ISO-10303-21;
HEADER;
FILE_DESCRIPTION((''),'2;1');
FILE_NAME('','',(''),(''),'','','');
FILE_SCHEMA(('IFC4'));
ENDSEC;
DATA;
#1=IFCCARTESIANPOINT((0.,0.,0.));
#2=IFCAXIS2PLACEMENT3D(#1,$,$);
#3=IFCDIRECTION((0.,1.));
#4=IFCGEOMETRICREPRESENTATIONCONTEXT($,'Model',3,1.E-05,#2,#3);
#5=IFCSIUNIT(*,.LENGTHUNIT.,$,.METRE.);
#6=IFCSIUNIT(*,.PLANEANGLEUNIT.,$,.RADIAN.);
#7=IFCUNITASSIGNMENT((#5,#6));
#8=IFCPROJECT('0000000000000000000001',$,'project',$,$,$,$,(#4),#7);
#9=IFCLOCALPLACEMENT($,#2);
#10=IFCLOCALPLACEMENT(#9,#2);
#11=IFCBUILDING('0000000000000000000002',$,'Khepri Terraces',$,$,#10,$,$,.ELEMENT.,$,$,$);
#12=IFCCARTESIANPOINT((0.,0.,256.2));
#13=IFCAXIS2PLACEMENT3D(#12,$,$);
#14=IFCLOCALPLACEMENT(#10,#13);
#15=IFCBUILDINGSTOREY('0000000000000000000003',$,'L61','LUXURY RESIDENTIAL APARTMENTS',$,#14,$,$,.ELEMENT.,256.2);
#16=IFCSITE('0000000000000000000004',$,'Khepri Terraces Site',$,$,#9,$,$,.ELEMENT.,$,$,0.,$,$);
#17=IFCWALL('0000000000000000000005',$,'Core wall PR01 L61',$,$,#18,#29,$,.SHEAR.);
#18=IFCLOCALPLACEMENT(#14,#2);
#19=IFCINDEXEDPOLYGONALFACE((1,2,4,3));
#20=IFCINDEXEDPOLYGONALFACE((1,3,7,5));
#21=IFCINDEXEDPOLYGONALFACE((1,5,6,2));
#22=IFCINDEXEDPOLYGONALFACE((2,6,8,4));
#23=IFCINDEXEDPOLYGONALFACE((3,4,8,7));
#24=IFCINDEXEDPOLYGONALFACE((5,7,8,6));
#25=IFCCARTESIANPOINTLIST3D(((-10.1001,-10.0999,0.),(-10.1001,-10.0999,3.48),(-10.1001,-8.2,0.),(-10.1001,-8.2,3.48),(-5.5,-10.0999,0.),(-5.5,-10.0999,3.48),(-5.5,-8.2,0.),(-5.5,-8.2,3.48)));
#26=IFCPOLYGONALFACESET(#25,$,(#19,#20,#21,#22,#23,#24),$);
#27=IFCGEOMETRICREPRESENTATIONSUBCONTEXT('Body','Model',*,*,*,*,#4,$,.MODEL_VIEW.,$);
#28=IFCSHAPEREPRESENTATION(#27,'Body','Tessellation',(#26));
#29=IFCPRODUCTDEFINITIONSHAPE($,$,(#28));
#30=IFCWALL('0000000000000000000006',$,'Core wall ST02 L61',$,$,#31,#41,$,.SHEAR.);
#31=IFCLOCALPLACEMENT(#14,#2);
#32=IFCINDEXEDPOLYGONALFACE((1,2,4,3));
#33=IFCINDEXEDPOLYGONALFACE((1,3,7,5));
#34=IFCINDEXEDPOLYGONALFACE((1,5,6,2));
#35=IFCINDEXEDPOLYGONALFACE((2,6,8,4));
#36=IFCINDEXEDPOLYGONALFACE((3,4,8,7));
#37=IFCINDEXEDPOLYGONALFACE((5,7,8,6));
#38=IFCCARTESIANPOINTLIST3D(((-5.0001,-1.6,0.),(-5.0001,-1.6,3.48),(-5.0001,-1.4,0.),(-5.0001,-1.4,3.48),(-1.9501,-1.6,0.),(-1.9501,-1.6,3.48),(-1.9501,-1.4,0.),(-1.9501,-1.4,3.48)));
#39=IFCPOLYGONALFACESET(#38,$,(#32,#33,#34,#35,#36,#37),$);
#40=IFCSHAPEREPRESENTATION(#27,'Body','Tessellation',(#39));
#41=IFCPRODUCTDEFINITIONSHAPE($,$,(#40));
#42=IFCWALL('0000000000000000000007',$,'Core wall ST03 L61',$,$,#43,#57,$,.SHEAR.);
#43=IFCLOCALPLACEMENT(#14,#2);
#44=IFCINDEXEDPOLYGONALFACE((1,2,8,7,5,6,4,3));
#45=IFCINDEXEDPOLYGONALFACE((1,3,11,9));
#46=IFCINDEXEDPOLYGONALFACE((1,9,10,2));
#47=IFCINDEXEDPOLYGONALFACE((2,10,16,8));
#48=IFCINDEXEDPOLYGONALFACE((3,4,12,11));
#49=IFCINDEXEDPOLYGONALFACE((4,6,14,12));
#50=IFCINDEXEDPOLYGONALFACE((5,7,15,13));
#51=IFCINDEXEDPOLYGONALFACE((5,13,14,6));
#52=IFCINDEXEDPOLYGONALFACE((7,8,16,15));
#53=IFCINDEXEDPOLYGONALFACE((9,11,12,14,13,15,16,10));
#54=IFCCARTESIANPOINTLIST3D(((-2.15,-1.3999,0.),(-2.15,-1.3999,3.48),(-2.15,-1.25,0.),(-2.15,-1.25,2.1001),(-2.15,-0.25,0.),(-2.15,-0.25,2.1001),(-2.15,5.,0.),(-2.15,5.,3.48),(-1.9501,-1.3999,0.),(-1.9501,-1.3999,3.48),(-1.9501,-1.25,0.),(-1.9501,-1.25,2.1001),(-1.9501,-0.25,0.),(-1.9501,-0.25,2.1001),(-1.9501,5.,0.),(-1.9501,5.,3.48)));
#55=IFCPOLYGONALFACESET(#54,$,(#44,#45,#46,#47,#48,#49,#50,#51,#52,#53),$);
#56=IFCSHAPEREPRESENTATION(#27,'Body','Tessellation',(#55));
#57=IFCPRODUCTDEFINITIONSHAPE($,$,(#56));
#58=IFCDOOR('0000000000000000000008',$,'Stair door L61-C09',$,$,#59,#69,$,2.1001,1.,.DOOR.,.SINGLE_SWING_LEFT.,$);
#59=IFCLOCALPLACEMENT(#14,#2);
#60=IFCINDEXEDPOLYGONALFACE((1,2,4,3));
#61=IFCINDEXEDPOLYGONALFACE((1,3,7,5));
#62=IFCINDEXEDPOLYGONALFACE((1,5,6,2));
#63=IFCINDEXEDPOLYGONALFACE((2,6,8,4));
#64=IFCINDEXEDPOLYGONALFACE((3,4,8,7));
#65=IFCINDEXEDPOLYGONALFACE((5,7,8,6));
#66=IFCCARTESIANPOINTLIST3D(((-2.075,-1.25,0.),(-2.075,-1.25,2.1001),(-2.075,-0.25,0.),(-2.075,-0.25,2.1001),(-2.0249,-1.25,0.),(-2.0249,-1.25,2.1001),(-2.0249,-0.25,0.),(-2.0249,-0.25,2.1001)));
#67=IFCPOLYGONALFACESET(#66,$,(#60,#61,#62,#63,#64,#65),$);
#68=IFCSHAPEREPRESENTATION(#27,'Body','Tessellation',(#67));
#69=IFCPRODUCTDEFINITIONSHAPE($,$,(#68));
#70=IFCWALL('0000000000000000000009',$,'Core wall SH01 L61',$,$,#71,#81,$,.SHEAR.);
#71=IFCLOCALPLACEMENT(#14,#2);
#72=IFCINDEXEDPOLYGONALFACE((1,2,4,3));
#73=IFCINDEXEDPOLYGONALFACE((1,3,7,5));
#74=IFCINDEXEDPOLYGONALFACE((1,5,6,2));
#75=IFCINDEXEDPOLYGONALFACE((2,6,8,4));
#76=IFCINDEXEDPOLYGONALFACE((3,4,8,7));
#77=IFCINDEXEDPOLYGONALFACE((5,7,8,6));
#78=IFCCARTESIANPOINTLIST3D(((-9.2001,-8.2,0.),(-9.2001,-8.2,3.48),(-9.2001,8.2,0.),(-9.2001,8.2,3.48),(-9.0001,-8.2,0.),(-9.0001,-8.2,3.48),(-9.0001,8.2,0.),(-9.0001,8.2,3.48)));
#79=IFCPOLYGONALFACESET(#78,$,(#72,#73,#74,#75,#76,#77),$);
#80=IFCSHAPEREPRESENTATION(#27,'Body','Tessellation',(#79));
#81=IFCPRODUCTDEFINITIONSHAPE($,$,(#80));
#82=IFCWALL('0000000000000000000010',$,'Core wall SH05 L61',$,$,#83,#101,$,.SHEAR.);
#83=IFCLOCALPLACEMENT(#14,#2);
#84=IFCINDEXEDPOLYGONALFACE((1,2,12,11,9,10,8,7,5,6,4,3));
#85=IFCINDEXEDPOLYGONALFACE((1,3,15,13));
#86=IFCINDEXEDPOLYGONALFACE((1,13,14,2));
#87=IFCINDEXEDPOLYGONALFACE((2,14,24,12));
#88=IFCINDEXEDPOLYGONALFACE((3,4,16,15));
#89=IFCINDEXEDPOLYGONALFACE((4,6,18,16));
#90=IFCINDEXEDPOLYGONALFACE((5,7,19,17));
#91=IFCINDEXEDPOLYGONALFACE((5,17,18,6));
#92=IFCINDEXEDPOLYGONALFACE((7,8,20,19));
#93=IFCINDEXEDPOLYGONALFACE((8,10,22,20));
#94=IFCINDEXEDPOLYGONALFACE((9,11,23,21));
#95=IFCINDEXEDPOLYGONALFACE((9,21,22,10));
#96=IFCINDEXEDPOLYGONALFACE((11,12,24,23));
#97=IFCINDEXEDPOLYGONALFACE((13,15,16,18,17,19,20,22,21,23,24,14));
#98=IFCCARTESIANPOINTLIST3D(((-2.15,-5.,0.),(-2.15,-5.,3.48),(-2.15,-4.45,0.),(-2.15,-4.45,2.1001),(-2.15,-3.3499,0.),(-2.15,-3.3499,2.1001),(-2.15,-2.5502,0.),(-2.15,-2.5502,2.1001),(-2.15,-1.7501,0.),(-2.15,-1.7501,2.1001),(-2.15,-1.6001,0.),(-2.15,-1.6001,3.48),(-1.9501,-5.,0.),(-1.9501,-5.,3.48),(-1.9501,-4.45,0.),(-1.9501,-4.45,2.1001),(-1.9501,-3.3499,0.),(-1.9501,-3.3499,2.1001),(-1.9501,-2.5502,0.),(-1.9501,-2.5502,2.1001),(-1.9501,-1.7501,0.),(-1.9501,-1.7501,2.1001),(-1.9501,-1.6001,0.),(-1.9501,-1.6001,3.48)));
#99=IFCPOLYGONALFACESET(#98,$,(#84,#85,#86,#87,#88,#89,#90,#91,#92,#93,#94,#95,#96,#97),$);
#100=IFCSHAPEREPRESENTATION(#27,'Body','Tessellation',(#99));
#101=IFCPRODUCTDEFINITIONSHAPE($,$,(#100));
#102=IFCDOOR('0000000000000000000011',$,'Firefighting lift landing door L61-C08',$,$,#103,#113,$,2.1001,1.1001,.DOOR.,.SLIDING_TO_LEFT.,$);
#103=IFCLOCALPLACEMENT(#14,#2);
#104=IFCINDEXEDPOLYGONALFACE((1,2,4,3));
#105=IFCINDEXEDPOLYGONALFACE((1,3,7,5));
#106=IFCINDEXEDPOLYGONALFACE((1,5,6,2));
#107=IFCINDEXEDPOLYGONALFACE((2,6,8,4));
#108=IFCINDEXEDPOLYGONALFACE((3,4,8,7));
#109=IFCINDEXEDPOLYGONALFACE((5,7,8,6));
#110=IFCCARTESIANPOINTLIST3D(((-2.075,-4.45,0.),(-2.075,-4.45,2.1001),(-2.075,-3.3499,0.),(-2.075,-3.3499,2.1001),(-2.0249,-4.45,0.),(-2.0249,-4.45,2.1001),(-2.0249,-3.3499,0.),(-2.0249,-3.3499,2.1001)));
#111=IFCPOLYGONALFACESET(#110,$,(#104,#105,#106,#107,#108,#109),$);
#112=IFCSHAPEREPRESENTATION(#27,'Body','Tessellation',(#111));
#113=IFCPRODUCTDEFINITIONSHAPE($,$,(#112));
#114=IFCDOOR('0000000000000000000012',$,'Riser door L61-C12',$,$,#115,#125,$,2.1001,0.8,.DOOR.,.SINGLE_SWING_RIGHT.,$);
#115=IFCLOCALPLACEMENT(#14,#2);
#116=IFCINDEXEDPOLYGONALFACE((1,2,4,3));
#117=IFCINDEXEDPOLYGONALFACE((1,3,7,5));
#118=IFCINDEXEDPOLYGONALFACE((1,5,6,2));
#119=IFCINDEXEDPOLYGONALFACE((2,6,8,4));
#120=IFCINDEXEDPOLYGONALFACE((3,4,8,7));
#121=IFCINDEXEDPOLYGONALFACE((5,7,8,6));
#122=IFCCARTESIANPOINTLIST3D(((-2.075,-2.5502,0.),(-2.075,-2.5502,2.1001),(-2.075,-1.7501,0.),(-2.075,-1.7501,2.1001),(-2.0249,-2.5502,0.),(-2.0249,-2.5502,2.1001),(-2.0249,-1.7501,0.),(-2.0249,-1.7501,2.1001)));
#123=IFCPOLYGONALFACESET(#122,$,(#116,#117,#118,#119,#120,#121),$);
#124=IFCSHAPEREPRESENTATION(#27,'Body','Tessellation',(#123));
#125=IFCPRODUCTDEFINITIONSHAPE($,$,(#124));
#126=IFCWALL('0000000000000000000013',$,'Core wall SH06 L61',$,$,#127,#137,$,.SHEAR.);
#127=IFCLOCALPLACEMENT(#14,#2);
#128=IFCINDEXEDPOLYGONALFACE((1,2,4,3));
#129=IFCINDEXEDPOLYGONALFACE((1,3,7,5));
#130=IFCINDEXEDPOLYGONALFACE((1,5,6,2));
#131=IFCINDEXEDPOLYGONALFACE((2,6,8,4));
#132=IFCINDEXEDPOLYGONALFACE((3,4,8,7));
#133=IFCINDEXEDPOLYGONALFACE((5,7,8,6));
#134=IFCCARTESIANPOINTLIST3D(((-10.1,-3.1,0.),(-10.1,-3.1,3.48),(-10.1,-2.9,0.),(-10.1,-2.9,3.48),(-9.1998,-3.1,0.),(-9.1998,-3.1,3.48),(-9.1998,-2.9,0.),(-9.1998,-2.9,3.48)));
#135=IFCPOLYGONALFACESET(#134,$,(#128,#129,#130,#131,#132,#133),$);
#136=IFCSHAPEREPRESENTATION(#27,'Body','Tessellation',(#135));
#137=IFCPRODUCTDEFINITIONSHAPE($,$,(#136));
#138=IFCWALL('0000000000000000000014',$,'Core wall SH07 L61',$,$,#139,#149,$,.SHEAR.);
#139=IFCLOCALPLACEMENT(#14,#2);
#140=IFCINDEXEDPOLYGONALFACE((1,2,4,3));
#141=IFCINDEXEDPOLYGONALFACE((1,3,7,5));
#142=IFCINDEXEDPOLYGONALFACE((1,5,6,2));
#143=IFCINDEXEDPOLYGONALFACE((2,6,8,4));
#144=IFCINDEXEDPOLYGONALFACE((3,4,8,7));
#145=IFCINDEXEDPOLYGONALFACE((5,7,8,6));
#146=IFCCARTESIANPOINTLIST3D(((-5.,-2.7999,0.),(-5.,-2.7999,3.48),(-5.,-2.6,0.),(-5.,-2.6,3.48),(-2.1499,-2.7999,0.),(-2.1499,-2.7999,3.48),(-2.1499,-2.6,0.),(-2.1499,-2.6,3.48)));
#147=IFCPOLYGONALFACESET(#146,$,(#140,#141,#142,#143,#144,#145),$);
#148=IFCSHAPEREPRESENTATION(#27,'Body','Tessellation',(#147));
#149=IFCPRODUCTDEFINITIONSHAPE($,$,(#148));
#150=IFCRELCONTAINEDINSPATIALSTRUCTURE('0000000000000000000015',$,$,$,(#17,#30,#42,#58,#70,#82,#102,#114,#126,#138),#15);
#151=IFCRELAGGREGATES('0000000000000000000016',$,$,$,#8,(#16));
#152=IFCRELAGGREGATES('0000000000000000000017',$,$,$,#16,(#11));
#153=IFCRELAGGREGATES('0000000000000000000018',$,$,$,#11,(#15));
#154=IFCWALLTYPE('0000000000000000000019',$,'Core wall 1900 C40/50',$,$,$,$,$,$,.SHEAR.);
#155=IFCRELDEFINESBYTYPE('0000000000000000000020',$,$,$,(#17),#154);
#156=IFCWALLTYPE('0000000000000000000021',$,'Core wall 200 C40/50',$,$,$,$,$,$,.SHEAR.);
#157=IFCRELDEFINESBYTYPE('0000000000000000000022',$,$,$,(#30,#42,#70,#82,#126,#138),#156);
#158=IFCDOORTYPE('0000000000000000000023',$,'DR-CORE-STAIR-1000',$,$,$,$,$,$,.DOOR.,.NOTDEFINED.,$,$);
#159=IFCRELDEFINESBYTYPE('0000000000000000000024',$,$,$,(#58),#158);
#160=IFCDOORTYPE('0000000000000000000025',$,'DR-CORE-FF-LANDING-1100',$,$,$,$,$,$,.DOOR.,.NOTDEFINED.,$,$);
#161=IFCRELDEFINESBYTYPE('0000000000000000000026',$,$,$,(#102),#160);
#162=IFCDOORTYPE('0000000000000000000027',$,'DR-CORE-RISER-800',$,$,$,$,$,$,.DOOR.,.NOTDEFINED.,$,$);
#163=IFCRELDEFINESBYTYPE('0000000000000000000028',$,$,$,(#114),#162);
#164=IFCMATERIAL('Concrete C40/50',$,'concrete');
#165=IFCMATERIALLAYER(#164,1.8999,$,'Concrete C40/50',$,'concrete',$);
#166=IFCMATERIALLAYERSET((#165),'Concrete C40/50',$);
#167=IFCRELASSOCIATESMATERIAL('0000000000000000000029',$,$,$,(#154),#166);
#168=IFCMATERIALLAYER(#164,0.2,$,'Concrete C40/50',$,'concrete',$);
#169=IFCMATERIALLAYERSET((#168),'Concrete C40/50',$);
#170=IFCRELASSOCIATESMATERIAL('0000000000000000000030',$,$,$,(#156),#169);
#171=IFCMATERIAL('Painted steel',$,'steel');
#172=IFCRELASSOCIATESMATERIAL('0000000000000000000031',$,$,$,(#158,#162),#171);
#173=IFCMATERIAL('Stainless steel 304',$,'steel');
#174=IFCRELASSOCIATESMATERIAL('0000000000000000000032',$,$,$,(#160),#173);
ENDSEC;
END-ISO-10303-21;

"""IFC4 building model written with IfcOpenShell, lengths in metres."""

from ifc_helpers import new_model, si_unit, direction, frame, frame_2d, origin, place, context, subcontext, project, spatial, rectangle, extrude, material, layer, layer_set, type_object, element, fill, save


model = new_model("IFC4")

# Units and contexts
model_context = context("Model", 3, precision=1e-05, world=origin(), true_north=direction((0.0, 1.0)))
body_context = subcontext(model_context, "Body", "Model", "MODEL_VIEW")
ifc_project = project(units=[si_unit("LENGTHUNIT", "METRE"), si_unit("PLANEANGLEUNIT", "RADIAN")], contexts=[model_context])

# Site, building, storey
site_placement = place(None, origin())
site = spatial("IfcSite", under=ifc_project, at=site_placement, Name="Khepri Terraces Site", CompositionType="ELEMENT", RefElevation=0.0)
building_placement = place(site_placement, origin())
building = spatial("IfcBuilding", under=site, at=building_placement, Name="Khepri Terraces", CompositionType="ELEMENT")
storey_placement = place(building_placement, frame((0.0, 0.0, 256.2)))
storey = spatial("IfcBuildingStorey", under=building, at=storey_placement, Name="L61", Description="LUXURY RESIDENTIAL APARTMENTS", CompositionType="ELEMENT", Elevation=256.2)

# Walls
ifc_material_1 = material(Name="Concrete C40/50", Category="concrete")
ifc_layer_1 = layer(ifc_material_1, 1.8999, Name="Concrete C40/50", Category="concrete")
ifc_layer_set_1 = layer_set([ifc_layer_1], Name="Concrete C40/50")
wall_type_1 = type_object("IfcWallType", Name="Core wall 1900 C40/50", PredefinedType="SHEAR", material=ifc_layer_set_1)
wall_1_placement = place(storey_placement, frame((-10.1001, -9.1499, 0.0), z_axis=(0.0, 0.0, 1.0), x_axis=(1.0, 0.0, 0.0)))
element("IfcWall", 1, at=wall_1_placement, inside=storey, type_object=wall_type_1, Name="Core wall PR01 L61", PredefinedType="SHEAR", context=body_context, shape_type="SweptSolid", body=[
    extrude(rectangle(XDim=4.6001, YDim=1.8999, at=frame_2d((2.3, 0.0))), origin(), (0.0, 0.0, 1.0), 3.48),
])
ifc_layer_2 = layer(ifc_material_1, 0.2, Name="Concrete C40/50", Category="concrete")
ifc_layer_set_2 = layer_set([ifc_layer_2], Name="Concrete C40/50")
wall_type_2 = type_object("IfcWallType", Name="Core wall 200 C40/50", PredefinedType="SHEAR", material=ifc_layer_set_2)
wall_2_placement = place(storey_placement, frame((-5.0, -1.5, 0.0), z_axis=(0.0, 0.0, 1.0), x_axis=(1.0, 0.0, 0.0)))
element("IfcWall", 2, at=wall_2_placement, inside=storey, type_object=wall_type_2, Name="Core wall ST02 L61", PredefinedType="SHEAR", context=body_context, shape_type="SweptSolid", body=[
    extrude(rectangle(XDim=3.05, YDim=0.2, at=frame_2d((1.5249, 0.0))), origin(), (0.0, 0.0, 1.0), 3.48),
])

# Wall, opening, door
wall_3_placement = place(storey_placement, frame((-2.05, -1.3999, 0.0), z_axis=(0.0, 0.0, 1.0), x_axis=(0.0, 1.0, 0.0)))
wall_3 = element("IfcWall", 3, at=wall_3_placement, inside=storey, type_object=wall_type_2, Name="Core wall ST03 L61", PredefinedType="SHEAR", context=body_context, shape_type="SweptSolid", body=[
    extrude(rectangle(XDim=6.3999, YDim=0.2, at=frame_2d((3.2, 0.0))), origin(), (0.0, 0.0, 1.0), 3.48),
])
opening_1_placement = place(wall_3_placement, frame((0.1499, 0.0, 0.0)))
opening_1 = element("IfcOpeningElement", 4, at=opening_1_placement, cuts=wall_3, PredefinedType="OPENING", context=body_context, shape_type="SweptSolid", body=[
    extrude(rectangle(XDim=1.0, YDim=2.1001, at=frame_2d((0.5, 1.05))), frame((0.0, 0.1099, 0.0), z_axis=(0.0, -1.0, 0.0), x_axis=(1.0, 0.0, 0.0)), (0.0, 0.0, 1.0), 0.22),
])
ifc_material_2 = material(Name="Painted steel", Category="steel")
door_type_1 = type_object("IfcDoorType", Name="DR-CORE-STAIR-1000", OperationType="NOTDEFINED", PredefinedType="DOOR", material=ifc_material_2)
door_1_placement = place(opening_1_placement, origin())
door_1 = element("IfcDoor", 5, at=door_1_placement, inside=storey, type_object=door_type_1, Name="Stair door L61-C09", OperationType="SINGLE_SWING_LEFT", OverallHeight=2.1001, OverallWidth=1.0, PredefinedType="DOOR", context=body_context, shape_type="SweptSolid", body=[
    extrude(rectangle(XDim=1.0, YDim=2.1001, at=frame_2d((0.5, 1.05))), frame((0.0, 0.0249, 0.0), z_axis=(0.0, -1.0, 0.0), x_axis=(1.0, 0.0, 0.0)), (0.0, 0.0, 1.0), 0.05),
])
fill(opening_1, door_1)

# Wall
wall_4_placement = place(storey_placement, frame((-9.1001, -8.2, 0.0), z_axis=(0.0, 0.0, 1.0), x_axis=(0.0, 1.0, 0.0)))
element("IfcWall", 6, at=wall_4_placement, inside=storey, type_object=wall_type_2, Name="Core wall SH01 L61", PredefinedType="SHEAR", context=body_context, shape_type="SweptSolid", body=[
    extrude(rectangle(XDim=16.3999, YDim=0.2, at=frame_2d((8.2, 0.0))), origin(), (0.0, 0.0, 1.0), 3.48),
])

# Wall, openings, doors
wall_5_placement = place(storey_placement, frame((-2.05, -5.0, 0.0), z_axis=(0.0, 0.0, 1.0), x_axis=(0.0, 1.0, 0.0)))
wall_5 = element("IfcWall", 7, at=wall_5_placement, inside=storey, type_object=wall_type_2, Name="Core wall SH05 L61", PredefinedType="SHEAR", context=body_context, shape_type="SweptSolid", body=[
    extrude(rectangle(XDim=3.3999, YDim=0.2, at=frame_2d((1.7, 0.0))), origin(), (0.0, 0.0, 1.0), 3.48),
])
opening_2_placement = place(wall_5_placement, frame((0.55, 0.0, 0.0)))
opening_2 = element("IfcOpeningElement", 8, at=opening_2_placement, cuts=wall_5, PredefinedType="OPENING", context=body_context, shape_type="SweptSolid", body=[
    extrude(rectangle(XDim=1.1001, YDim=2.1001, at=frame_2d((0.55, 1.05))), frame((0.0, 0.1099, 0.0), z_axis=(0.0, -1.0, 0.0), x_axis=(1.0, 0.0, 0.0)), (0.0, 0.0, 1.0), 0.22),
])
opening_3_placement = place(wall_5_placement, frame((2.45, 0.0, 0.0)))
opening_3 = element("IfcOpeningElement", 9, at=opening_3_placement, cuts=wall_5, PredefinedType="OPENING", context=body_context, shape_type="SweptSolid", body=[
    extrude(rectangle(XDim=0.8, YDim=2.1001, at=frame_2d((0.3999, 1.05))), frame((0.0, 0.1099, 0.0), z_axis=(0.0, -1.0, 0.0), x_axis=(1.0, 0.0, 0.0)), (0.0, 0.0, 1.0), 0.22),
])
ifc_material_3 = material(Name="Stainless steel 304", Category="steel")
door_type_2 = type_object("IfcDoorType", Name="DR-CORE-FF-LANDING-1100", OperationType="NOTDEFINED", PredefinedType="DOOR", material=ifc_material_3)
door_2_placement = place(opening_2_placement, origin())
door_2 = element("IfcDoor", 10, at=door_2_placement, inside=storey, type_object=door_type_2, Name="Firefighting lift landing door L61-C08", OperationType="SLIDING_TO_LEFT", OverallHeight=2.1001, OverallWidth=1.1001, PredefinedType="DOOR", context=body_context, shape_type="SweptSolid", body=[
    extrude(rectangle(XDim=1.1001, YDim=2.1001, at=frame_2d((0.55, 1.05))), frame((0.0, 0.0249, 0.0), z_axis=(0.0, -1.0, 0.0), x_axis=(1.0, 0.0, 0.0)), (0.0, 0.0, 1.0), 0.05),
])
fill(opening_2, door_2)
door_type_3 = type_object("IfcDoorType", Name="DR-CORE-RISER-800", OperationType="NOTDEFINED", PredefinedType="DOOR", material=ifc_material_2)
door_3_placement = place(opening_3_placement, origin())
door_3 = element("IfcDoor", 11, at=door_3_placement, inside=storey, type_object=door_type_3, Name="Riser door L61-C12", OperationType="SINGLE_SWING_RIGHT", OverallHeight=2.1001, OverallWidth=0.8, PredefinedType="DOOR", context=body_context, shape_type="SweptSolid", body=[
    extrude(rectangle(XDim=0.8, YDim=2.1001, at=frame_2d((0.3999, 1.05))), frame((0.0, 0.0249, 0.0), z_axis=(0.0, -1.0, 0.0), x_axis=(1.0, 0.0, 0.0)), (0.0, 0.0, 1.0), 0.05),
])
fill(opening_3, door_3)

# Walls
wall_6_placement = place(storey_placement, frame((-10.1001, -3.0, 0.0), z_axis=(0.0, 0.0, 1.0), x_axis=(1.0, 0.0, 0.0)))
element("IfcWall", 12, at=wall_6_placement, inside=storey, type_object=wall_type_2, Name="Core wall SH06 L61", PredefinedType="SHEAR", context=body_context, shape_type="SweptSolid", body=[
    extrude(rectangle(XDim=0.9001, YDim=0.2, at=frame_2d((0.4502, 0.0))), origin(), (0.0, 0.0, 1.0), 3.48),
])
wall_7_placement = place(storey_placement, frame((-5.0, -2.7, 0.0), z_axis=(0.0, 0.0, 1.0), x_axis=(1.0, 0.0, 0.0)))
element("IfcWall", 13, at=wall_7_placement, inside=storey, type_object=wall_type_2, Name="Core wall SH07 L61", PredefinedType="SHEAR", context=body_context, shape_type="SweptSolid", body=[
    extrude(rectangle(XDim=2.8501, YDim=0.2, at=frame_2d((1.425, 0.0))), origin(), (0.0, 0.0, 1.0), 3.48),
])

save(model, "model.ifc")
